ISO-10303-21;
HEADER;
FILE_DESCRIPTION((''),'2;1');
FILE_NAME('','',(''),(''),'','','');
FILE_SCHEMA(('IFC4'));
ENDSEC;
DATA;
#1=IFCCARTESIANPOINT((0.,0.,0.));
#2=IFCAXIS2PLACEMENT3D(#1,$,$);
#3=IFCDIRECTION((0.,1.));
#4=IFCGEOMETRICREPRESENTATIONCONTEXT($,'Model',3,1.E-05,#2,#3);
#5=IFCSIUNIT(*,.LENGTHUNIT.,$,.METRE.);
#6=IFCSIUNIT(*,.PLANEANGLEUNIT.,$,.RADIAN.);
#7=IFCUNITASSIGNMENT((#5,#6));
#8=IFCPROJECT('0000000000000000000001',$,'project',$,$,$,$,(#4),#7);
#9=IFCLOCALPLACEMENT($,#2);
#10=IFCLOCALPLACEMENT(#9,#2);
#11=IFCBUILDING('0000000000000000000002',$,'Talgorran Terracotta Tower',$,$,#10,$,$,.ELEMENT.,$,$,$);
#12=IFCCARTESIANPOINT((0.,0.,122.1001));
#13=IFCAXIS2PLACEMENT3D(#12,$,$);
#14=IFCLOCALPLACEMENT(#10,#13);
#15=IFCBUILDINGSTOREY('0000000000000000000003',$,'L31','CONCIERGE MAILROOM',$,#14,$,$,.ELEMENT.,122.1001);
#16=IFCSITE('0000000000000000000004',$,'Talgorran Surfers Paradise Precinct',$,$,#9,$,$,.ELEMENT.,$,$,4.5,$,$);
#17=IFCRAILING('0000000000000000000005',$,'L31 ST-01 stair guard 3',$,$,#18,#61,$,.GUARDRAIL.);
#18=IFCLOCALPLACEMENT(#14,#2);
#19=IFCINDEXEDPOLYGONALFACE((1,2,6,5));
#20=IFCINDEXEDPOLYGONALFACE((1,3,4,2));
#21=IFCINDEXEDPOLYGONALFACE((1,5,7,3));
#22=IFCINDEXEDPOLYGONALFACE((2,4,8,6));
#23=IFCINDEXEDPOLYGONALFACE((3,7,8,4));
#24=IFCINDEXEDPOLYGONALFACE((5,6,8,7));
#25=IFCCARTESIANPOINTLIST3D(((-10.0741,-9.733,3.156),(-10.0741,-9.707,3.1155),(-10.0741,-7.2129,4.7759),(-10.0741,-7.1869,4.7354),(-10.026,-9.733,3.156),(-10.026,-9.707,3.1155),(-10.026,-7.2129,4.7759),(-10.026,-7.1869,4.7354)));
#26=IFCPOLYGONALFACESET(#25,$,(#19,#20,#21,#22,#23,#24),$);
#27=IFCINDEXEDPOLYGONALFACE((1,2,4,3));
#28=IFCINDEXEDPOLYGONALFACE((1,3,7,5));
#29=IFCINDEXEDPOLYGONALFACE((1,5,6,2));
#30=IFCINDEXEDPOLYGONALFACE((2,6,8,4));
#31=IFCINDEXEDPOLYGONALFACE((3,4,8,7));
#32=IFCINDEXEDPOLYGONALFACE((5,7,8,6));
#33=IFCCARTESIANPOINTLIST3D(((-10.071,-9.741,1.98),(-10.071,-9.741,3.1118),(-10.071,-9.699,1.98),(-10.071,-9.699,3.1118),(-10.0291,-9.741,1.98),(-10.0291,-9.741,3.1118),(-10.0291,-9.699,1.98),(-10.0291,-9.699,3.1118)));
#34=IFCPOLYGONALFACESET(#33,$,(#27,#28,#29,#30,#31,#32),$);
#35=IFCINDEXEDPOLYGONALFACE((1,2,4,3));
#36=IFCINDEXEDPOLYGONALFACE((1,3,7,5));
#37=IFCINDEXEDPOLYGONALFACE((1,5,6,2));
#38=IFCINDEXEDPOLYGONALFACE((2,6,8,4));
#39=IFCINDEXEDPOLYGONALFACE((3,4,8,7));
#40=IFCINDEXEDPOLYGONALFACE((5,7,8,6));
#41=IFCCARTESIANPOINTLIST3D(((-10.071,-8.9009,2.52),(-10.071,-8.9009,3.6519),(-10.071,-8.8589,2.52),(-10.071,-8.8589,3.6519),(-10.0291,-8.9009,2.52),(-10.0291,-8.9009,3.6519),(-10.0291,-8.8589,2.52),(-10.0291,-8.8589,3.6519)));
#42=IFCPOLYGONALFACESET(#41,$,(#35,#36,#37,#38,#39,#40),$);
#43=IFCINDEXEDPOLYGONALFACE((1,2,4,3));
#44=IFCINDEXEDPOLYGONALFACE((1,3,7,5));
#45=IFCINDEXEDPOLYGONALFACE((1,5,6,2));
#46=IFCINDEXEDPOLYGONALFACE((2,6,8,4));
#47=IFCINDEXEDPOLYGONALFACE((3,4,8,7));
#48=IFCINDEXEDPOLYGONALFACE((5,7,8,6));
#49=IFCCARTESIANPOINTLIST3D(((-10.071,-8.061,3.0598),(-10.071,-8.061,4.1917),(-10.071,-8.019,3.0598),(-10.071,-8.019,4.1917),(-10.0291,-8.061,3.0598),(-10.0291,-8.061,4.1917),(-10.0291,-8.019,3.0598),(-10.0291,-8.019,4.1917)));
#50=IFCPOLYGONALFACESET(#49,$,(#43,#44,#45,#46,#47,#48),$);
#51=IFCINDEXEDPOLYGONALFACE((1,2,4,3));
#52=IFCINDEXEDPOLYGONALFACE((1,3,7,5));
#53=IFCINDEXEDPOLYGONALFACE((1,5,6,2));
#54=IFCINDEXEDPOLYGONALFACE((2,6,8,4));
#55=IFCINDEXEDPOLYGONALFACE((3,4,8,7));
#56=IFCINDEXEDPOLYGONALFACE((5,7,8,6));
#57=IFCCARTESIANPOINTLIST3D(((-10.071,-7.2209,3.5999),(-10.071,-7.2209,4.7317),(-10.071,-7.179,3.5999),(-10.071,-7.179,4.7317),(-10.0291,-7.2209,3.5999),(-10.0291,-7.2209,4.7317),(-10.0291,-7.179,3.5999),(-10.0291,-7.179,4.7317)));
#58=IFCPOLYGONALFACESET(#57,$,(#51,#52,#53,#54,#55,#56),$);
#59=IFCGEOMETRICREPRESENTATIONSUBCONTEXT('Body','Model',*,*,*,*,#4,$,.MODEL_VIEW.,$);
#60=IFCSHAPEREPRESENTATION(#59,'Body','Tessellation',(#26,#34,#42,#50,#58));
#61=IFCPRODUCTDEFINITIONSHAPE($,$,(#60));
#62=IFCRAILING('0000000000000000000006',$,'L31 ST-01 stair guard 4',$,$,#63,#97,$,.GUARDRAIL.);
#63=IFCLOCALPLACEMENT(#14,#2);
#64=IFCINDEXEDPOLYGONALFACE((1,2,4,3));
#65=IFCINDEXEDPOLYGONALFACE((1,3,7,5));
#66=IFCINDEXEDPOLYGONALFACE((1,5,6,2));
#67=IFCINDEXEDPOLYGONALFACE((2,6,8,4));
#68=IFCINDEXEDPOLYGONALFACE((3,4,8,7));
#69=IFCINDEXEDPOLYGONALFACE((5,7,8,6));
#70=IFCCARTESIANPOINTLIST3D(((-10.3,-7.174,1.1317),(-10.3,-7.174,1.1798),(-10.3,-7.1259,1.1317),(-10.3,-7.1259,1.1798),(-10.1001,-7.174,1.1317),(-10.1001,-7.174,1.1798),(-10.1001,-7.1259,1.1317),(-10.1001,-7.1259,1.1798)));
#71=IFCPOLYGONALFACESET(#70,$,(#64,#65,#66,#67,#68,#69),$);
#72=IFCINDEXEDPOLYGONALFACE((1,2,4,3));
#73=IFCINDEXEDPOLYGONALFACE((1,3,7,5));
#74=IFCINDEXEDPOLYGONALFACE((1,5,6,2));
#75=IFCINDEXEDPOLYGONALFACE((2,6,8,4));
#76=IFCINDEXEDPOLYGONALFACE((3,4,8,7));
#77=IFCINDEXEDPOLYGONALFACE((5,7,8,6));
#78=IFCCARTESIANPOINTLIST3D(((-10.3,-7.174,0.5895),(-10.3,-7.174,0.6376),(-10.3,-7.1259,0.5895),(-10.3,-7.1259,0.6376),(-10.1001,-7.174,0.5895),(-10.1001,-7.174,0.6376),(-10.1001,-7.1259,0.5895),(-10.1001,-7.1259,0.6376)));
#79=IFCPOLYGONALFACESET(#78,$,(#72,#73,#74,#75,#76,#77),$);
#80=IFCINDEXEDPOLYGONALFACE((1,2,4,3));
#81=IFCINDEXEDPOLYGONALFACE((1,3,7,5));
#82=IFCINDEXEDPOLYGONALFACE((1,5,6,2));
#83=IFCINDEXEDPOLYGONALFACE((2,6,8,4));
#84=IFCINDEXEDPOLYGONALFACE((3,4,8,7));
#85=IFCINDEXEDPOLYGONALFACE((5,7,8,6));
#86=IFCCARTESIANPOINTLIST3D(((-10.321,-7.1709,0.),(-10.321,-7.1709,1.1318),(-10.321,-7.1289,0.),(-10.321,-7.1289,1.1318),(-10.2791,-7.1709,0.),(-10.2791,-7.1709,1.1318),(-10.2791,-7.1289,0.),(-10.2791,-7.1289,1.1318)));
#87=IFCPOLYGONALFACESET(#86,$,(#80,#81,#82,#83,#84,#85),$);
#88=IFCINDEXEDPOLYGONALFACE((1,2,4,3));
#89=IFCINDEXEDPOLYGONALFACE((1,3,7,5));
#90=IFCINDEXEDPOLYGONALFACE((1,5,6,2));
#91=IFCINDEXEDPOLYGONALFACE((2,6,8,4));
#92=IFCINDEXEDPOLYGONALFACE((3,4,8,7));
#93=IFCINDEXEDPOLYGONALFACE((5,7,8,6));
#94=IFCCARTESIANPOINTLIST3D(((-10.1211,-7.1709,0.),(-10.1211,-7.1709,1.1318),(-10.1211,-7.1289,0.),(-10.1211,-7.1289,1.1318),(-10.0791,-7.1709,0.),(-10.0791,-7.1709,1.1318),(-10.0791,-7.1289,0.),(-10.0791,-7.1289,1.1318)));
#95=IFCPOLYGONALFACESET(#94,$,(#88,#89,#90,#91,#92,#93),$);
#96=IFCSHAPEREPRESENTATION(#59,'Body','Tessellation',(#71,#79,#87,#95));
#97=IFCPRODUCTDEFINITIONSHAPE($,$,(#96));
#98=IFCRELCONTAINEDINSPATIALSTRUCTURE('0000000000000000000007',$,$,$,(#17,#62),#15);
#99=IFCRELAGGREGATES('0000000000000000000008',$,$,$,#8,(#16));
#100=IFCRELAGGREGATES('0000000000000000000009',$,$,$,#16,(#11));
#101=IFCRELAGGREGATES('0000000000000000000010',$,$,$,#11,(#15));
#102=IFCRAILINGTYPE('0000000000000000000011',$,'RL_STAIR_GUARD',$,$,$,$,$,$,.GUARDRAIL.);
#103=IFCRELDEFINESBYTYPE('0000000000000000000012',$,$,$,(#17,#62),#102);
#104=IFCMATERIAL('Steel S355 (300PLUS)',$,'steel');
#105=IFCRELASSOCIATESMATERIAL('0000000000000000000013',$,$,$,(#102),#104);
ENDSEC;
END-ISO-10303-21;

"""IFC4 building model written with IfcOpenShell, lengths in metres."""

from ifc_helpers import new_model, si_unit, direction, frame, origin, origin_2d, place, context, subcontext, project, spatial, rectangle, extrude, material, type_object, element, save


model = new_model("IFC4")

# Units and contexts
model_context = context("Model", 3, precision=1e-05, world=origin(), true_north=direction((0.0, 1.0)))
body_context = subcontext(model_context, "Body", "Model", "MODEL_VIEW")
ifc_project = project(units=[si_unit("LENGTHUNIT", "METRE"), si_unit("PLANEANGLEUNIT", "RADIAN")], contexts=[model_context])

# Site, building, storey
site_placement = place(None, origin())
site = spatial("IfcSite", under=ifc_project, at=site_placement, Name="Talgorran Surfers Paradise Precinct", CompositionType="ELEMENT", RefElevation=4.5)
building_placement = place(site_placement, origin())
building = spatial("IfcBuilding", under=site, at=building_placement, Name="Talgorran Terracotta Tower", CompositionType="ELEMENT")
storey_placement = place(building_placement, frame((0.0, 0.0, 122.1001)))
storey = spatial("IfcBuildingStorey", under=building, at=storey_placement, Name="L31", Description="CONCIERGE MAILROOM", CompositionType="ELEMENT", Elevation=122.1001)

# Shared definitions
ifc_material_1 = material(Name="Steel S355 (300PLUS)", Category="steel")

# Railings
railing_type_1 = type_object("IfcRailingType", Name="RL_STAIR_GUARD", PredefinedType="GUARDRAIL", material=ifc_material_1)
railing_1_placement = place(storey_placement, frame((-10.05, -9.72, 1.98)))
element("IfcRailing", 1, at=railing_1_placement, inside=storey, type_object=railing_type_1, Name="L31 ST-01 stair guard 3", PredefinedType="GUARDRAIL", context=body_context, shape_type="SweptSolid", body=[
    extrude(rectangle(XDim=0.0481, YDim=0.0481, at=origin_2d()), frame((0.0, 0.0, 1.1558), z_axis=(0.0, 0.8412, 0.540725), x_axis=(-1.0, 0.0, 0.0)), (0.0, 0.0, 1.0), 2.9958),
    extrude(rectangle(XDim=0.042, YDim=0.042, at=origin_2d()), origin(), (0.0, 0.0, 1.0), 1.1318),
    extrude(rectangle(XDim=0.042, YDim=0.042, at=origin_2d()), frame((0.0, 0.8401, 0.54)), (0.0, 0.0, 1.0), 1.1318),
    extrude(rectangle(XDim=0.042, YDim=0.042, at=origin_2d()), frame((0.0, 1.6799, 1.0798)), (0.0, 0.0, 1.0), 1.1318),
    extrude(rectangle(XDim=0.042, YDim=0.042, at=origin_2d()), frame((0.0, 2.52, 1.6199)), (0.0, 0.0, 1.0), 1.1318),
])
railing_2_placement = place(storey_placement, frame((-10.3, -7.1499, 0.0)))
element("IfcRailing", 2, at=railing_2_placement, inside=storey, type_object=railing_type_1, Name="L31 ST-01 stair guard 4", PredefinedType="GUARDRAIL", context=body_context, shape_type="SweptSolid", body=[
    extrude(rectangle(XDim=0.0481, YDim=0.0481, at=origin_2d()), frame((0.0, 0.0, 1.1558), z_axis=(1.0, 0.0, 0.0), x_axis=(0.0, 1.0, 0.0)), (0.0, 0.0, 1.0), 0.2),
    extrude(rectangle(XDim=0.0481, YDim=0.0481, at=origin_2d()), frame((0.0, 0.0, 0.6135), z_axis=(1.0, 0.0, 0.0), x_axis=(0.0, 1.0, 0.0)), (0.0, 0.0, 1.0), 0.2),
    extrude(rectangle(XDim=0.042, YDim=0.042, at=origin_2d()), origin(), (0.0, 0.0, 1.0), 1.1318),
    extrude(rectangle(XDim=0.042, YDim=0.042, at=origin_2d()), frame((0.2, 0.0, 0.0)), (0.0, 0.0, 1.0), 1.1318),
])

save(model, "model.ifc")
